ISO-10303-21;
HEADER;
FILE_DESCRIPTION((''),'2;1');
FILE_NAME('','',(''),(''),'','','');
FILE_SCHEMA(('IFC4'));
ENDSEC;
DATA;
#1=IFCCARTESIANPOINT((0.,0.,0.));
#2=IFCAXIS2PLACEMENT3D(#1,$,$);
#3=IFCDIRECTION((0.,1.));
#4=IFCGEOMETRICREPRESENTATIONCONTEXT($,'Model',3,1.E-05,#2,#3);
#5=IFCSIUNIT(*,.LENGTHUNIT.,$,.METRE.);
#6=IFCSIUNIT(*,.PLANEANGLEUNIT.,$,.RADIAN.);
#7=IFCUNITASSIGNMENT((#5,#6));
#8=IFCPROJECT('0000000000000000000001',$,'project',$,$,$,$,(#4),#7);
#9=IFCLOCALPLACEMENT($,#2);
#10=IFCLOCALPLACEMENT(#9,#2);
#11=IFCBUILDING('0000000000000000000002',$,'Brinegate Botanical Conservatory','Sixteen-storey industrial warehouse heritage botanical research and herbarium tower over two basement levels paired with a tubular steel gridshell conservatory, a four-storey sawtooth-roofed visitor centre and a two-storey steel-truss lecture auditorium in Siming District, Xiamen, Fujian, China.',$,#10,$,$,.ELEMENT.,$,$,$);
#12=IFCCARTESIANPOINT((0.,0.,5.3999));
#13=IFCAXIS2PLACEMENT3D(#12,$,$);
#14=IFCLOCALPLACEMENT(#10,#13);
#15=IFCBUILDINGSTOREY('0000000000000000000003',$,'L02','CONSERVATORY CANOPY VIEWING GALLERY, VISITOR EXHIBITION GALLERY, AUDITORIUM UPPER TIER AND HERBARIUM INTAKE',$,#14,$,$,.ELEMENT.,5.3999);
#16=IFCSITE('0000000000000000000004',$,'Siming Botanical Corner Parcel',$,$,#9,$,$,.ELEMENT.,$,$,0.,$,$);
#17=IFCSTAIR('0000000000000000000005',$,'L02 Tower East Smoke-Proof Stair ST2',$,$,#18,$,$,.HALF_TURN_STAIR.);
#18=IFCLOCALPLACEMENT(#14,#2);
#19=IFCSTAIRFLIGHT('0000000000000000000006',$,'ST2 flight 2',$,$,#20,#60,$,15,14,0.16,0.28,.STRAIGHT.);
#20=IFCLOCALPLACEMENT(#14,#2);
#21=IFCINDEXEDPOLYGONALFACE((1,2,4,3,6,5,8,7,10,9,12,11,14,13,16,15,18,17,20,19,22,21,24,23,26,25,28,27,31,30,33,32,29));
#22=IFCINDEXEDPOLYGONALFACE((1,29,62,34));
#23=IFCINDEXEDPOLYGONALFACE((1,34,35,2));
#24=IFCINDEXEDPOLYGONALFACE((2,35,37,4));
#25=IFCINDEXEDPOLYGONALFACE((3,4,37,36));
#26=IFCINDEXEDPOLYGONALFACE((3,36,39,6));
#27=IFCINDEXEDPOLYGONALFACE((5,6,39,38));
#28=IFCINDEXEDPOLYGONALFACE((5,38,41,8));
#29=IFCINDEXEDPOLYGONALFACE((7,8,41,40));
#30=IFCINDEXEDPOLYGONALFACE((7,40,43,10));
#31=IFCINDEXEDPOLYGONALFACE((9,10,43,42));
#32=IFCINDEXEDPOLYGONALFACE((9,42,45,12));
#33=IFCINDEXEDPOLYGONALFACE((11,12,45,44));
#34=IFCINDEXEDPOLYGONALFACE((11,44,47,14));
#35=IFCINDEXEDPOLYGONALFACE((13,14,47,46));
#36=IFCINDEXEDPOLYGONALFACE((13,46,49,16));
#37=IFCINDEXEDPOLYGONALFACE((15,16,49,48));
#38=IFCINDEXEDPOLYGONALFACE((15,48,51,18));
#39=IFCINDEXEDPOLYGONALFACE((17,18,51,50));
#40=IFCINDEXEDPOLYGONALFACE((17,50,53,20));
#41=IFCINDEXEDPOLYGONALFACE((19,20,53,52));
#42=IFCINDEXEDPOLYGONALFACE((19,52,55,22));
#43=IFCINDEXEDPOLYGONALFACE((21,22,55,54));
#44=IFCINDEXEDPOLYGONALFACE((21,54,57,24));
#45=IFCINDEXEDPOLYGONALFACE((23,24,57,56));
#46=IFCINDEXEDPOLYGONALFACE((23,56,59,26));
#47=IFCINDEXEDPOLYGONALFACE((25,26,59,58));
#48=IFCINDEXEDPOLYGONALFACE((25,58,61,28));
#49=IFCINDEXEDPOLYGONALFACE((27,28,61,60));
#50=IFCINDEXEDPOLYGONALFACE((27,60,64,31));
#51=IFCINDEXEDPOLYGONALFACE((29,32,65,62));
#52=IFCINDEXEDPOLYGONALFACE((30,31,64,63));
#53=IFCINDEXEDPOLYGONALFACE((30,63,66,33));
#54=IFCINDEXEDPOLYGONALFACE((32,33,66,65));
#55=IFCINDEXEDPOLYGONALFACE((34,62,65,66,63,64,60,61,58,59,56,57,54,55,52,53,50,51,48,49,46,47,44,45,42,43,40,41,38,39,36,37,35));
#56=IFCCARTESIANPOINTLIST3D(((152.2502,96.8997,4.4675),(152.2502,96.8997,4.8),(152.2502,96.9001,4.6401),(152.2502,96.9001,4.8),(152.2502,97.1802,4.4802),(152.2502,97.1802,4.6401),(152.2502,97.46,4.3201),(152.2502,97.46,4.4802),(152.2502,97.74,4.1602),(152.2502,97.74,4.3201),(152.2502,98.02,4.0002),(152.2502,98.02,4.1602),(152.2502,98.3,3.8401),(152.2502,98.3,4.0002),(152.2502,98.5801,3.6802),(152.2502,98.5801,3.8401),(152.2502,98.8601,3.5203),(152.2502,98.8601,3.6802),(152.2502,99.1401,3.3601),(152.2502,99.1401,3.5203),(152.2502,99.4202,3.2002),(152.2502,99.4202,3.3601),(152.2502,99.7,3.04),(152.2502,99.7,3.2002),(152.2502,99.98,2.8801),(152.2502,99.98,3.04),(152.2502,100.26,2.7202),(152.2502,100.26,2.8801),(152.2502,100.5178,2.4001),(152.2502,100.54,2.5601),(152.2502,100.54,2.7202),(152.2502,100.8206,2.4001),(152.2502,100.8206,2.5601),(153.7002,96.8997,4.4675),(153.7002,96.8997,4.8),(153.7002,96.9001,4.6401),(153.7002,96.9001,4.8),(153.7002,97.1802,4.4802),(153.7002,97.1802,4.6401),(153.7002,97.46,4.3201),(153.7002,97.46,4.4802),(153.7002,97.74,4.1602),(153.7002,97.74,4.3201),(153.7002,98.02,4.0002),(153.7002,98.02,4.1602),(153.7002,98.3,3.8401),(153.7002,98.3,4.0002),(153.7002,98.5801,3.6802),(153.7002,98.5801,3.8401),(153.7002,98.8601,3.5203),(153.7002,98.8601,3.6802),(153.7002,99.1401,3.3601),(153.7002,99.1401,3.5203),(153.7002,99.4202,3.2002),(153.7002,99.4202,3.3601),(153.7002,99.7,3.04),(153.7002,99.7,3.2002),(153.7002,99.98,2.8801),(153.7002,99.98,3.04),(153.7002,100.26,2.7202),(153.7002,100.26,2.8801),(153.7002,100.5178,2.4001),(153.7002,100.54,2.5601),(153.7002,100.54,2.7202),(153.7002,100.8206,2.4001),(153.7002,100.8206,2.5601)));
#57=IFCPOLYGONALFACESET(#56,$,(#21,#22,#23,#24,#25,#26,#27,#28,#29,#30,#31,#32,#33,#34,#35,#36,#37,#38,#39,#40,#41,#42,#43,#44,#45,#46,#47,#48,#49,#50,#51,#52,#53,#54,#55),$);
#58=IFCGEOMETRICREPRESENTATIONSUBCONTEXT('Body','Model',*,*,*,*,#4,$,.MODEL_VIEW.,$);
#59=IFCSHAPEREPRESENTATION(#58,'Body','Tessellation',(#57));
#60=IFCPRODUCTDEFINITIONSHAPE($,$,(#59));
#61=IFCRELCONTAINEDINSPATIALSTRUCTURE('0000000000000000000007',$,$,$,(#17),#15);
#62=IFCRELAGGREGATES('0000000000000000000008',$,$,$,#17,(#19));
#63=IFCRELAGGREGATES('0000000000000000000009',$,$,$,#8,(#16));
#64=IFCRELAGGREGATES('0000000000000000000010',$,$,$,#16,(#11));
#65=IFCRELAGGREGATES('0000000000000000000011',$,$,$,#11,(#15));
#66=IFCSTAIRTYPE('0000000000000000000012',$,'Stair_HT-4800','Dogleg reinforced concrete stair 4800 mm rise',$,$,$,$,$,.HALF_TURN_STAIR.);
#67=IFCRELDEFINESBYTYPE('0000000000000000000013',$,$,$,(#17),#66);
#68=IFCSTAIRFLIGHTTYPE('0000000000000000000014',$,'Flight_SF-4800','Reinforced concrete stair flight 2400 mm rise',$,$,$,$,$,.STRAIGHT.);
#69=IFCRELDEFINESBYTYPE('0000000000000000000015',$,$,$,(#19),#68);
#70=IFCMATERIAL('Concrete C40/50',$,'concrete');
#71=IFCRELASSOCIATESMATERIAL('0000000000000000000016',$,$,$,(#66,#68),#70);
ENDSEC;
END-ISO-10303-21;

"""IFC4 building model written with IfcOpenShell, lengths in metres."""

from ifc_helpers import new_model, si_unit, direction, frame, origin, place, context, subcontext, project, spatial, polyline, outline, extrude, material, type_object, element, aggregate, save


model = new_model("IFC4")

# Units and contexts
model_context = context("Model", 3, precision=1e-05, world=origin(), true_north=direction((0.0, 1.0)))
body_context = subcontext(model_context, "Body", "Model", "MODEL_VIEW")
ifc_project = project(units=[si_unit("LENGTHUNIT", "METRE"), si_unit("PLANEANGLEUNIT", "RADIAN")], contexts=[model_context])

# Site, building, storey
site_placement = place(None, origin())
site = spatial("IfcSite", under=ifc_project, at=site_placement, Name="Siming Botanical Corner Parcel", CompositionType="ELEMENT", RefElevation=0.0)
building_placement = place(site_placement, origin())
building = spatial("IfcBuilding", under=site, at=building_placement, Name="Brinegate Botanical Conservatory", Description="Sixteen-storey industrial warehouse heritage botanical research and herbarium tower over two basement levels paired with a tubular steel gridshell conservatory, a four-storey sawtooth-roofed visitor centre and a two-storey steel-truss lecture auditorium in Siming District, Xiamen, Fujian, China.", CompositionType="ELEMENT")
storey_placement = place(building_placement, frame((0.0, 0.0, 5.3999)))
storey = spatial("IfcBuildingStorey", under=building, at=storey_placement, Name="L02", Description="CONSERVATORY CANOPY VIEWING GALLERY, VISITOR EXHIBITION GALLERY, AUDITORIUM UPPER TIER AND HERBARIUM INTAKE", CompositionType="ELEMENT", Elevation=5.3999)

# Shared definitions
ifc_material_1 = material(Name="Concrete C40/50", Category="concrete")

# Stair, stair flight
stair_type = type_object("IfcStairType", Name="Stair_HT-4800", Description="Dogleg reinforced concrete stair 4800 mm rise", PredefinedType="HALF_TURN_STAIR", material=ifc_material_1)
stair_placement = place(storey_placement, origin())
stair = element("IfcStair", 1, at=stair_placement, inside=storey, type_object=stair_type, Name="L02 Tower East Smoke-Proof Stair ST2", PredefinedType="HALF_TURN_STAIR")
stair_flight_type = type_object("IfcStairFlightType", Name="Flight_SF-4800", Description="Reinforced concrete stair flight 2400 mm rise", PredefinedType="STRAIGHT", material=ifc_material_1)
stair_flight_1_placement = place(storey_placement, frame((152.9751, 100.8201, 2.4001), z_axis=(0.0, 0.0, 1.0), x_axis=(0.0, -1.0, 0.0)))
stair_flight_1 = element("IfcStairFlight", 2, at=stair_flight_1_placement, type_object=stair_flight_type, Name="ST2 flight 2", NumberOfRisers=15, NumberOfTreads=14, PredefinedType="STRAIGHT", RiserHeight=0.16, TreadLength=0.28, context=body_context, shape_type="SweptSolid", body=[
    extrude(outline(polyline([(-0.0005, 0.0), (-0.0005, 0.1599), (0.28, 0.1599), (0.28, 0.3201), (0.5601, 0.3201), (0.5601, 0.48), (0.8401, 0.48), (0.8401, 0.6399), (1.1201, 0.6399), (1.1201, 0.8), (1.3999, 0.8), (1.3999, 0.96), (1.6799, 0.96), (1.6799, 1.1201), (1.96, 1.1201), (1.96, 1.28), (2.24, 1.28), (2.24, 1.4399), (2.52, 1.4399), (2.52, 1.6001), (2.8, 1.6001), (2.8, 1.76), (3.0801, 1.76), (3.0801, 1.9199), (3.3601, 1.9199), (3.3601, 2.0801), (3.6399, 2.0801), (3.6399, 2.24), (3.9199, 2.24), (3.9199, 2.3999), (3.9204, 2.3999), (3.9204, 2.0674), (0.3022, 0.0), (-0.0005, 0.0)])), frame((0.0, 0.7251, 0.0), z_axis=(0.0, -1.0, 0.0), x_axis=(1.0, 0.0, 0.0)), (0.0, 0.0, 1.0), 1.45),
])
aggregate(stair, [stair_flight_1])

save(model, "model.ifc")
